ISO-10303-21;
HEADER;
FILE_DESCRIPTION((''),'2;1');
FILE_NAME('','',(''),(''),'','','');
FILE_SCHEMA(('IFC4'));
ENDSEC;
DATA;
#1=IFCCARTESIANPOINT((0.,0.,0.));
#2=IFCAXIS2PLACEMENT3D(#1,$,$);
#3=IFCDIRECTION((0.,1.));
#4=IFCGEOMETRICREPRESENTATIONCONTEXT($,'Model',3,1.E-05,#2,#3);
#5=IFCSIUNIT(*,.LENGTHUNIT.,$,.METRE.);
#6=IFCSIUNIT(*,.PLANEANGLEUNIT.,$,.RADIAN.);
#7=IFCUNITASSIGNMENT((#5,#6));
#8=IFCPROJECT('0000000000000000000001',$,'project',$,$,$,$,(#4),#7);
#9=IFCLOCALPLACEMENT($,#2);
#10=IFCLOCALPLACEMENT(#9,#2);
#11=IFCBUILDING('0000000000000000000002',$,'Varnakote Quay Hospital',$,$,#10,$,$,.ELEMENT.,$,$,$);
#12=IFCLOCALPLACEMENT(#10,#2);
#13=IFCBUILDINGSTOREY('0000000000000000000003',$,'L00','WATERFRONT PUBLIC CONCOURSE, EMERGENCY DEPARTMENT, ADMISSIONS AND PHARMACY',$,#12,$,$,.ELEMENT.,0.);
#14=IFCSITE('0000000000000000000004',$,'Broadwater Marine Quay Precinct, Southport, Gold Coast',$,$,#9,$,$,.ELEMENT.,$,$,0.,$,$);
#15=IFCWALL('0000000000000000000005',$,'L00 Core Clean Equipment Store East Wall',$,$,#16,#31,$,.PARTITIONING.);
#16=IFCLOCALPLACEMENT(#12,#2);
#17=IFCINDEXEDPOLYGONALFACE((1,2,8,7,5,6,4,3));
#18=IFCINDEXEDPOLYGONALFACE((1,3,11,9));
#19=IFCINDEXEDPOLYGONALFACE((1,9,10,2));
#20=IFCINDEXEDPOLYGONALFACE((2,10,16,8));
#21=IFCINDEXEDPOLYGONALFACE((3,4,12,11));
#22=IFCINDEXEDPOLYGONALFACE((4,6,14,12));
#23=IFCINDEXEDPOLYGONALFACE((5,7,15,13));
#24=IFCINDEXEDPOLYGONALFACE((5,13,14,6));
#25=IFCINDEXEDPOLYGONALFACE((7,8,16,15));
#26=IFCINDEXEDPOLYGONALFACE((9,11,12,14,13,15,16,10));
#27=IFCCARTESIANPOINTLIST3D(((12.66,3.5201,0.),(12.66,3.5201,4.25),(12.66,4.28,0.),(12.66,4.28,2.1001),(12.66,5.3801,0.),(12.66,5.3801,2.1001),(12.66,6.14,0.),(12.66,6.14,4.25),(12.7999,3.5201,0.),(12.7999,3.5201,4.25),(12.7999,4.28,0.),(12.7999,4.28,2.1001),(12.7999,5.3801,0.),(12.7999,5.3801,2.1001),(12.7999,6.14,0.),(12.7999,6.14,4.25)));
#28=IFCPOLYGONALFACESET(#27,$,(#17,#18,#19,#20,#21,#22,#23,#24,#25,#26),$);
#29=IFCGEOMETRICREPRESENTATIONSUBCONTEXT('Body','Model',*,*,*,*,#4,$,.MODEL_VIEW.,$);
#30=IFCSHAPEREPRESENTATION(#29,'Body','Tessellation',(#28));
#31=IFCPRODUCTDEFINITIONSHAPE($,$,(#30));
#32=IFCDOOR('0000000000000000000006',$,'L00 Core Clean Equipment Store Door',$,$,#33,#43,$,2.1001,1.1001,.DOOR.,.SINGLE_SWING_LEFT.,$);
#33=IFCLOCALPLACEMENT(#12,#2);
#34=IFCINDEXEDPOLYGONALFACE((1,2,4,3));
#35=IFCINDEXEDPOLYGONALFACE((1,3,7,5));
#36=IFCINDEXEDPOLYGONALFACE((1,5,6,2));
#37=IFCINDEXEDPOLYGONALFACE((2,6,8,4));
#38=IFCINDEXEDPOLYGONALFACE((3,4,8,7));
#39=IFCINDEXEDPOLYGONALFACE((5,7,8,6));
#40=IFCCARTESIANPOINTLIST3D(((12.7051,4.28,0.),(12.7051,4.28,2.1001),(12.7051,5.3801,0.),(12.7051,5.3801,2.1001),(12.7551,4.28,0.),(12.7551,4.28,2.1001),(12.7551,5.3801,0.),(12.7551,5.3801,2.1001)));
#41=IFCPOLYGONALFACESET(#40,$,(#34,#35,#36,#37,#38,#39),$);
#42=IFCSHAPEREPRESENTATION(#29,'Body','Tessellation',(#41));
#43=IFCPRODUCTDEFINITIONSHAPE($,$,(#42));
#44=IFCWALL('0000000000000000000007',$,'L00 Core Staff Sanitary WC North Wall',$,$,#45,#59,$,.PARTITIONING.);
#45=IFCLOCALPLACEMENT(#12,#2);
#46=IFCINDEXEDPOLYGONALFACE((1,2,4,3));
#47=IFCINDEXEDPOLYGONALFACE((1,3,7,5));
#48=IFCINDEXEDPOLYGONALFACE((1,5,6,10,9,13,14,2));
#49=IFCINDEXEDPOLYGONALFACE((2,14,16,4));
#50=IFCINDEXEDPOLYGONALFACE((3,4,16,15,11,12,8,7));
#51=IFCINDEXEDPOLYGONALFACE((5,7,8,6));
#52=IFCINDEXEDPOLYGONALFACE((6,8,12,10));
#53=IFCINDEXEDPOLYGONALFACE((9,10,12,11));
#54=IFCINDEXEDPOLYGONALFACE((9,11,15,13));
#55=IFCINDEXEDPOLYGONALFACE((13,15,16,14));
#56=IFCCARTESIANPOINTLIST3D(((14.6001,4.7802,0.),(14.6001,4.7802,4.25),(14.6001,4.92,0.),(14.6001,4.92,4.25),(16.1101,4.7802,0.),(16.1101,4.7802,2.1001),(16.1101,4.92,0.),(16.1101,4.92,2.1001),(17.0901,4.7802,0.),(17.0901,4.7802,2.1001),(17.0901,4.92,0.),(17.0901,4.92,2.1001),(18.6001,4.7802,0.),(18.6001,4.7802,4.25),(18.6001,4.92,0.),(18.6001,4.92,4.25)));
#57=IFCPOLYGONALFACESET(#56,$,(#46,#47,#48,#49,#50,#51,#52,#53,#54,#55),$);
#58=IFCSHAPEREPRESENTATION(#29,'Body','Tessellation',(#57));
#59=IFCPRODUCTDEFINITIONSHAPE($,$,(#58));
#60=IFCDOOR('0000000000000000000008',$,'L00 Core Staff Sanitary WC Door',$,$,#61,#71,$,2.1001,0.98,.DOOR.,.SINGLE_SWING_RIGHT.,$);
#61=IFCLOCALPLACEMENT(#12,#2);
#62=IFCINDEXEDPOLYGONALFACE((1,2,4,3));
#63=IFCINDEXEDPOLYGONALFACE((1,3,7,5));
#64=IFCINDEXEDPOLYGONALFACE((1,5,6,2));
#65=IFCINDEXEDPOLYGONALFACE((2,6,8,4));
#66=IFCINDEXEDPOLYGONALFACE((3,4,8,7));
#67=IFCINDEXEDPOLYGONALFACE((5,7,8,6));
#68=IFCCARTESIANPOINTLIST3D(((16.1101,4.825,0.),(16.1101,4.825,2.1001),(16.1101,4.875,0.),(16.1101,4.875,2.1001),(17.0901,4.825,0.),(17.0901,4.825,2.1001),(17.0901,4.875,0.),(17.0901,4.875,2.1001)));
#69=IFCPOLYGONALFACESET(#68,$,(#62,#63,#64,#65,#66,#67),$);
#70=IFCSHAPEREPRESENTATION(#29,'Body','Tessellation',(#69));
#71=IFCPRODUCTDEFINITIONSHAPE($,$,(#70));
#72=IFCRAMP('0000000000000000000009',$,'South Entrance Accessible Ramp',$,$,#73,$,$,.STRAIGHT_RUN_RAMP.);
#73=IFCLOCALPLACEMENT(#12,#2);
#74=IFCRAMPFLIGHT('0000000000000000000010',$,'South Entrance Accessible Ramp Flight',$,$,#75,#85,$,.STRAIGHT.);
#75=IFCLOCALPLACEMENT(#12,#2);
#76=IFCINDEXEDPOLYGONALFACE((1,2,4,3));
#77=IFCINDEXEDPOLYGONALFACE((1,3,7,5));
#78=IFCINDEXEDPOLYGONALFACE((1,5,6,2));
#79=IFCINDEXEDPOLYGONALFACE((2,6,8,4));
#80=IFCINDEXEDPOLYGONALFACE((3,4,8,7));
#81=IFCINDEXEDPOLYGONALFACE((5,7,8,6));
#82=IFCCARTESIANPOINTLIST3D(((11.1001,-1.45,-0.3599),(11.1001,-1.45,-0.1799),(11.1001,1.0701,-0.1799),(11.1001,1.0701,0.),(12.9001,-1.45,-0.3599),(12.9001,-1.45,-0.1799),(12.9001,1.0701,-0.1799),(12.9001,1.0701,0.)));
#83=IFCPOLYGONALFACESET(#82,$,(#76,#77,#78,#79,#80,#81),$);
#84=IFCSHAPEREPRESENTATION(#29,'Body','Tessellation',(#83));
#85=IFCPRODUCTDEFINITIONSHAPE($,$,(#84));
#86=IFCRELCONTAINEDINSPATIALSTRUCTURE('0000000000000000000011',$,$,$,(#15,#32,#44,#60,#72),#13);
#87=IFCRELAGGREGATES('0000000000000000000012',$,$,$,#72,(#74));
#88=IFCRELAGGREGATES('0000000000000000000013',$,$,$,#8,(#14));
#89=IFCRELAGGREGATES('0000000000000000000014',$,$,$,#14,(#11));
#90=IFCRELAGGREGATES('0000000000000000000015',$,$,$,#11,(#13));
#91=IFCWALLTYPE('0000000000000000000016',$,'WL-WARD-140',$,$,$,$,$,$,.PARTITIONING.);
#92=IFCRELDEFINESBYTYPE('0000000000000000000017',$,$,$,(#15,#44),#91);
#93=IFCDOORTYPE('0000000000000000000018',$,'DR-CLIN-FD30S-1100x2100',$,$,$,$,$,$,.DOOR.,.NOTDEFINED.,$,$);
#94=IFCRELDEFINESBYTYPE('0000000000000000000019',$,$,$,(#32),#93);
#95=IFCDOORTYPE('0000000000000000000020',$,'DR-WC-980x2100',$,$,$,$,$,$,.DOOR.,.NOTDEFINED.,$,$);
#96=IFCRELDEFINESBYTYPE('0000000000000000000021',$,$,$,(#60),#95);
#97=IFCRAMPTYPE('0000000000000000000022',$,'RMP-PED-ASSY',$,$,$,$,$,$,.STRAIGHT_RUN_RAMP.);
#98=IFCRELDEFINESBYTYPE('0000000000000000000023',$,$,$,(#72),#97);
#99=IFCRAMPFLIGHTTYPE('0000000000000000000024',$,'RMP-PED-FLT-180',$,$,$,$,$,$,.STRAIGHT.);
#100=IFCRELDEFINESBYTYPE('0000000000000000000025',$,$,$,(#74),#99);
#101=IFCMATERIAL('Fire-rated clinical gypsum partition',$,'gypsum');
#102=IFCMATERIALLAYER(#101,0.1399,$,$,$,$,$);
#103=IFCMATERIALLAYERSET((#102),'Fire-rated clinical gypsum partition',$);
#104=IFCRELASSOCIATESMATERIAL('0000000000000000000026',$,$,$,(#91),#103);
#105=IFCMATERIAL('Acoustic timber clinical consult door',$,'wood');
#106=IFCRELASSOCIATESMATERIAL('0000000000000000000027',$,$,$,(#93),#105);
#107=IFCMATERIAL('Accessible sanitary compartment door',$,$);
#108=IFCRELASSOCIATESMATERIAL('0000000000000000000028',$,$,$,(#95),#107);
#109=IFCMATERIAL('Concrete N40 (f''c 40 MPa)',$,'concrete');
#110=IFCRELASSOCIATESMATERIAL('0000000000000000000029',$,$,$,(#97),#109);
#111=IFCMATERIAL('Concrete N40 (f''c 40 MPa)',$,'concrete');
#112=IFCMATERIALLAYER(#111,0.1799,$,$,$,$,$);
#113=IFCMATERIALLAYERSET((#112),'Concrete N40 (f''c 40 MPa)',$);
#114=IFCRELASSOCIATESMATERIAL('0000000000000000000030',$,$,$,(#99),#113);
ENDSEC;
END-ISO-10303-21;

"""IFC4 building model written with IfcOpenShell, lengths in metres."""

from ifc_helpers import new_model, si_unit, direction, frame, frame_2d, origin, place, context, subcontext, project, spatial, polyline, rectangle, outline, extrude, material, layer, layer_set, type_object, element, fill, aggregate, save


model = new_model("IFC4")

# Units and contexts
model_context = context("Model", 3, precision=1e-05, world=origin(), true_north=direction((0.0, 1.0)))
body_context = subcontext(model_context, "Body", "Model", "MODEL_VIEW")
ifc_project = project(units=[si_unit("LENGTHUNIT", "METRE"), si_unit("PLANEANGLEUNIT", "RADIAN")], contexts=[model_context])

# Site, building, storey
site_placement = place(None, origin())
site = spatial("IfcSite", under=ifc_project, at=site_placement, Name="Broadwater Marine Quay Precinct, Southport, Gold Coast", CompositionType="ELEMENT", RefElevation=0.0)
building_placement = place(site_placement, origin())
building = spatial("IfcBuilding", under=site, at=building_placement, Name="Varnakote Quay Hospital", CompositionType="ELEMENT")
storey_placement = place(building_placement, origin())
storey = spatial("IfcBuildingStorey", under=building, at=storey_placement, Name="L00", Description="WATERFRONT PUBLIC CONCOURSE, EMERGENCY DEPARTMENT, ADMISSIONS AND PHARMACY", CompositionType="ELEMENT", Elevation=0.0)

# Walls, openings, doors
ifc_material_1 = material(Name="Fire-rated clinical gypsum partition", Category="gypsum")
ifc_layer_1 = layer(ifc_material_1, 0.1399)
ifc_layer_set_1 = layer_set([ifc_layer_1], Name="Fire-rated clinical gypsum partition")
wall_type_1 = type_object("IfcWallType", Name="WL-WARD-140", PredefinedType="PARTITIONING", material=ifc_layer_set_1)
wall_1_placement = place(storey_placement, frame((12.73, 3.52, 0.0), z_axis=(0.0, 0.0, 1.0), x_axis=(0.0, 1.0, 0.0)))
wall_1 = element("IfcWall", 1, at=wall_1_placement, inside=storey, type_object=wall_type_1, Name="L00 Core Clean Equipment Store East Wall", PredefinedType="PARTITIONING", context=body_context, shape_type="SweptSolid", body=[
    extrude(rectangle(XDim=2.6199, YDim=0.1399, at=frame_2d((1.3101, 0.0))), origin(), (0.0, 0.0, 1.0), 4.25),
])
opening_1_placement = place(wall_1_placement, frame((0.76, 0.0, 0.0)))
opening_1 = element("IfcOpeningElement", 2, at=opening_1_placement, cuts=wall_1, PredefinedType="OPENING", context=body_context, shape_type="SweptSolid", body=[
    extrude(rectangle(XDim=1.1001, YDim=2.1001, at=frame_2d((0.55, 1.05))), frame((0.0, 0.0798, 0.0), z_axis=(0.0, -1.0, 0.0), x_axis=(1.0, 0.0, 0.0)), (0.0, 0.0, 1.0), 0.1599),
])
ifc_material_2 = material(Name="Acoustic timber clinical consult door", Category="wood")
door_type_1 = type_object("IfcDoorType", Name="DR-CLIN-FD30S-1100x2100", OperationType="NOTDEFINED", PredefinedType="DOOR", material=ifc_material_2)
door_1_placement = place(opening_1_placement, origin())
door_1 = element("IfcDoor", 3, at=door_1_placement, inside=storey, type_object=door_type_1, Name="L00 Core Clean Equipment Store Door", OperationType="SINGLE_SWING_LEFT", OverallHeight=2.1001, OverallWidth=1.1001, PredefinedType="DOOR", context=body_context, shape_type="SweptSolid", body=[
    extrude(rectangle(XDim=1.1001, YDim=2.1001, at=frame_2d((0.55, 1.05))), frame((0.0, 0.0249, 0.0), z_axis=(0.0, -1.0, 0.0), x_axis=(1.0, 0.0, 0.0)), (0.0, 0.0, 1.0), 0.05),
])
fill(opening_1, door_1)
wall_2_placement = place(storey_placement, frame((14.6001, 4.8501, 0.0), z_axis=(0.0, 0.0, 1.0), x_axis=(1.0, 0.0, 0.0)))
wall_2 = element("IfcWall", 4, at=wall_2_placement, inside=storey, type_object=wall_type_1, Name="L00 Core Staff Sanitary WC North Wall", PredefinedType="PARTITIONING", context=body_context, shape_type="SweptSolid", body=[
    extrude(rectangle(XDim=4.0, YDim=0.1399, at=frame_2d((2.0, 0.0))), origin(), (0.0, 0.0, 1.0), 4.25),
])
opening_2_placement = place(wall_2_placement, frame((1.51, 0.0, 0.0)))
opening_2 = element("IfcOpeningElement", 5, at=opening_2_placement, cuts=wall_2, PredefinedType="OPENING", context=body_context, shape_type="SweptSolid", body=[
    extrude(rectangle(XDim=0.98, YDim=2.1001, at=frame_2d((0.49, 1.05))), frame((0.0, 0.0798, 0.0), z_axis=(0.0, -1.0, 0.0), x_axis=(1.0, 0.0, 0.0)), (0.0, 0.0, 1.0), 0.1599),
])
ifc_material_3 = material(Name="Accessible sanitary compartment door")
door_type_2 = type_object("IfcDoorType", Name="DR-WC-980x2100", OperationType="NOTDEFINED", PredefinedType="DOOR", material=ifc_material_3)
door_2_placement = place(opening_2_placement, origin())
door_2 = element("IfcDoor", 6, at=door_2_placement, inside=storey, type_object=door_type_2, Name="L00 Core Staff Sanitary WC Door", OperationType="SINGLE_SWING_RIGHT", OverallHeight=2.1001, OverallWidth=0.98, PredefinedType="DOOR", context=body_context, shape_type="SweptSolid", body=[
    extrude(rectangle(XDim=0.98, YDim=2.1001, at=frame_2d((0.49, 1.05))), frame((0.0, 0.0249, 0.0), z_axis=(0.0, -1.0, 0.0), x_axis=(1.0, 0.0, 0.0)), (0.0, 0.0, 1.0), 0.05),
])
fill(opening_2, door_2)

# Ramp, ramp flight
ifc_material_4 = material(Name="Concrete N40 (f'c 40 MPa)", Category="concrete")
ramp_type = type_object("IfcRampType", Name="RMP-PED-ASSY", PredefinedType="STRAIGHT_RUN_RAMP", material=ifc_material_4)
ramp_placement = place(storey_placement, origin())
ramp = element("IfcRamp", 7, at=ramp_placement, inside=storey, type_object=ramp_type, Name="South Entrance Accessible Ramp", PredefinedType="STRAIGHT_RUN_RAMP")
ifc_material_5 = material(Name="Concrete N40 (f'c 40 MPa)", Category="concrete")
ifc_layer_2 = layer(ifc_material_5, 0.1799)
ifc_layer_set_2 = layer_set([ifc_layer_2], Name="Concrete N40 (f'c 40 MPa)")
ramp_flight_type = type_object("IfcRampFlightType", Name="RMP-PED-FLT-180", PredefinedType="STRAIGHT", material=ifc_layer_set_2)
ramp_flight_placement = place(storey_placement, frame((12.0, -1.45, -0.1799), z_axis=(0.0, 0.0, 1.0), x_axis=(0.0, 1.0, 0.0)))
ramp_flight = element("IfcRampFlight", 8, at=ramp_flight_placement, type_object=ramp_flight_type, Name="South Entrance Accessible Ramp Flight", PredefinedType="STRAIGHT", context=body_context, shape_type="SweptSolid", body=[
    extrude(outline(polyline([(0.0, 0.0), (2.52, 0.1799), (2.52, 0.0), (0.0, -0.1799), (0.0, 0.0)])), frame((0.0, 0.8999, 0.0), z_axis=(0.0, -1.0, 0.0), x_axis=(1.0, 0.0, 0.0)), (0.0, 0.0, 1.0), 1.8),
])
aggregate(ramp, [ramp_flight])

save(model, "model.ifc")
